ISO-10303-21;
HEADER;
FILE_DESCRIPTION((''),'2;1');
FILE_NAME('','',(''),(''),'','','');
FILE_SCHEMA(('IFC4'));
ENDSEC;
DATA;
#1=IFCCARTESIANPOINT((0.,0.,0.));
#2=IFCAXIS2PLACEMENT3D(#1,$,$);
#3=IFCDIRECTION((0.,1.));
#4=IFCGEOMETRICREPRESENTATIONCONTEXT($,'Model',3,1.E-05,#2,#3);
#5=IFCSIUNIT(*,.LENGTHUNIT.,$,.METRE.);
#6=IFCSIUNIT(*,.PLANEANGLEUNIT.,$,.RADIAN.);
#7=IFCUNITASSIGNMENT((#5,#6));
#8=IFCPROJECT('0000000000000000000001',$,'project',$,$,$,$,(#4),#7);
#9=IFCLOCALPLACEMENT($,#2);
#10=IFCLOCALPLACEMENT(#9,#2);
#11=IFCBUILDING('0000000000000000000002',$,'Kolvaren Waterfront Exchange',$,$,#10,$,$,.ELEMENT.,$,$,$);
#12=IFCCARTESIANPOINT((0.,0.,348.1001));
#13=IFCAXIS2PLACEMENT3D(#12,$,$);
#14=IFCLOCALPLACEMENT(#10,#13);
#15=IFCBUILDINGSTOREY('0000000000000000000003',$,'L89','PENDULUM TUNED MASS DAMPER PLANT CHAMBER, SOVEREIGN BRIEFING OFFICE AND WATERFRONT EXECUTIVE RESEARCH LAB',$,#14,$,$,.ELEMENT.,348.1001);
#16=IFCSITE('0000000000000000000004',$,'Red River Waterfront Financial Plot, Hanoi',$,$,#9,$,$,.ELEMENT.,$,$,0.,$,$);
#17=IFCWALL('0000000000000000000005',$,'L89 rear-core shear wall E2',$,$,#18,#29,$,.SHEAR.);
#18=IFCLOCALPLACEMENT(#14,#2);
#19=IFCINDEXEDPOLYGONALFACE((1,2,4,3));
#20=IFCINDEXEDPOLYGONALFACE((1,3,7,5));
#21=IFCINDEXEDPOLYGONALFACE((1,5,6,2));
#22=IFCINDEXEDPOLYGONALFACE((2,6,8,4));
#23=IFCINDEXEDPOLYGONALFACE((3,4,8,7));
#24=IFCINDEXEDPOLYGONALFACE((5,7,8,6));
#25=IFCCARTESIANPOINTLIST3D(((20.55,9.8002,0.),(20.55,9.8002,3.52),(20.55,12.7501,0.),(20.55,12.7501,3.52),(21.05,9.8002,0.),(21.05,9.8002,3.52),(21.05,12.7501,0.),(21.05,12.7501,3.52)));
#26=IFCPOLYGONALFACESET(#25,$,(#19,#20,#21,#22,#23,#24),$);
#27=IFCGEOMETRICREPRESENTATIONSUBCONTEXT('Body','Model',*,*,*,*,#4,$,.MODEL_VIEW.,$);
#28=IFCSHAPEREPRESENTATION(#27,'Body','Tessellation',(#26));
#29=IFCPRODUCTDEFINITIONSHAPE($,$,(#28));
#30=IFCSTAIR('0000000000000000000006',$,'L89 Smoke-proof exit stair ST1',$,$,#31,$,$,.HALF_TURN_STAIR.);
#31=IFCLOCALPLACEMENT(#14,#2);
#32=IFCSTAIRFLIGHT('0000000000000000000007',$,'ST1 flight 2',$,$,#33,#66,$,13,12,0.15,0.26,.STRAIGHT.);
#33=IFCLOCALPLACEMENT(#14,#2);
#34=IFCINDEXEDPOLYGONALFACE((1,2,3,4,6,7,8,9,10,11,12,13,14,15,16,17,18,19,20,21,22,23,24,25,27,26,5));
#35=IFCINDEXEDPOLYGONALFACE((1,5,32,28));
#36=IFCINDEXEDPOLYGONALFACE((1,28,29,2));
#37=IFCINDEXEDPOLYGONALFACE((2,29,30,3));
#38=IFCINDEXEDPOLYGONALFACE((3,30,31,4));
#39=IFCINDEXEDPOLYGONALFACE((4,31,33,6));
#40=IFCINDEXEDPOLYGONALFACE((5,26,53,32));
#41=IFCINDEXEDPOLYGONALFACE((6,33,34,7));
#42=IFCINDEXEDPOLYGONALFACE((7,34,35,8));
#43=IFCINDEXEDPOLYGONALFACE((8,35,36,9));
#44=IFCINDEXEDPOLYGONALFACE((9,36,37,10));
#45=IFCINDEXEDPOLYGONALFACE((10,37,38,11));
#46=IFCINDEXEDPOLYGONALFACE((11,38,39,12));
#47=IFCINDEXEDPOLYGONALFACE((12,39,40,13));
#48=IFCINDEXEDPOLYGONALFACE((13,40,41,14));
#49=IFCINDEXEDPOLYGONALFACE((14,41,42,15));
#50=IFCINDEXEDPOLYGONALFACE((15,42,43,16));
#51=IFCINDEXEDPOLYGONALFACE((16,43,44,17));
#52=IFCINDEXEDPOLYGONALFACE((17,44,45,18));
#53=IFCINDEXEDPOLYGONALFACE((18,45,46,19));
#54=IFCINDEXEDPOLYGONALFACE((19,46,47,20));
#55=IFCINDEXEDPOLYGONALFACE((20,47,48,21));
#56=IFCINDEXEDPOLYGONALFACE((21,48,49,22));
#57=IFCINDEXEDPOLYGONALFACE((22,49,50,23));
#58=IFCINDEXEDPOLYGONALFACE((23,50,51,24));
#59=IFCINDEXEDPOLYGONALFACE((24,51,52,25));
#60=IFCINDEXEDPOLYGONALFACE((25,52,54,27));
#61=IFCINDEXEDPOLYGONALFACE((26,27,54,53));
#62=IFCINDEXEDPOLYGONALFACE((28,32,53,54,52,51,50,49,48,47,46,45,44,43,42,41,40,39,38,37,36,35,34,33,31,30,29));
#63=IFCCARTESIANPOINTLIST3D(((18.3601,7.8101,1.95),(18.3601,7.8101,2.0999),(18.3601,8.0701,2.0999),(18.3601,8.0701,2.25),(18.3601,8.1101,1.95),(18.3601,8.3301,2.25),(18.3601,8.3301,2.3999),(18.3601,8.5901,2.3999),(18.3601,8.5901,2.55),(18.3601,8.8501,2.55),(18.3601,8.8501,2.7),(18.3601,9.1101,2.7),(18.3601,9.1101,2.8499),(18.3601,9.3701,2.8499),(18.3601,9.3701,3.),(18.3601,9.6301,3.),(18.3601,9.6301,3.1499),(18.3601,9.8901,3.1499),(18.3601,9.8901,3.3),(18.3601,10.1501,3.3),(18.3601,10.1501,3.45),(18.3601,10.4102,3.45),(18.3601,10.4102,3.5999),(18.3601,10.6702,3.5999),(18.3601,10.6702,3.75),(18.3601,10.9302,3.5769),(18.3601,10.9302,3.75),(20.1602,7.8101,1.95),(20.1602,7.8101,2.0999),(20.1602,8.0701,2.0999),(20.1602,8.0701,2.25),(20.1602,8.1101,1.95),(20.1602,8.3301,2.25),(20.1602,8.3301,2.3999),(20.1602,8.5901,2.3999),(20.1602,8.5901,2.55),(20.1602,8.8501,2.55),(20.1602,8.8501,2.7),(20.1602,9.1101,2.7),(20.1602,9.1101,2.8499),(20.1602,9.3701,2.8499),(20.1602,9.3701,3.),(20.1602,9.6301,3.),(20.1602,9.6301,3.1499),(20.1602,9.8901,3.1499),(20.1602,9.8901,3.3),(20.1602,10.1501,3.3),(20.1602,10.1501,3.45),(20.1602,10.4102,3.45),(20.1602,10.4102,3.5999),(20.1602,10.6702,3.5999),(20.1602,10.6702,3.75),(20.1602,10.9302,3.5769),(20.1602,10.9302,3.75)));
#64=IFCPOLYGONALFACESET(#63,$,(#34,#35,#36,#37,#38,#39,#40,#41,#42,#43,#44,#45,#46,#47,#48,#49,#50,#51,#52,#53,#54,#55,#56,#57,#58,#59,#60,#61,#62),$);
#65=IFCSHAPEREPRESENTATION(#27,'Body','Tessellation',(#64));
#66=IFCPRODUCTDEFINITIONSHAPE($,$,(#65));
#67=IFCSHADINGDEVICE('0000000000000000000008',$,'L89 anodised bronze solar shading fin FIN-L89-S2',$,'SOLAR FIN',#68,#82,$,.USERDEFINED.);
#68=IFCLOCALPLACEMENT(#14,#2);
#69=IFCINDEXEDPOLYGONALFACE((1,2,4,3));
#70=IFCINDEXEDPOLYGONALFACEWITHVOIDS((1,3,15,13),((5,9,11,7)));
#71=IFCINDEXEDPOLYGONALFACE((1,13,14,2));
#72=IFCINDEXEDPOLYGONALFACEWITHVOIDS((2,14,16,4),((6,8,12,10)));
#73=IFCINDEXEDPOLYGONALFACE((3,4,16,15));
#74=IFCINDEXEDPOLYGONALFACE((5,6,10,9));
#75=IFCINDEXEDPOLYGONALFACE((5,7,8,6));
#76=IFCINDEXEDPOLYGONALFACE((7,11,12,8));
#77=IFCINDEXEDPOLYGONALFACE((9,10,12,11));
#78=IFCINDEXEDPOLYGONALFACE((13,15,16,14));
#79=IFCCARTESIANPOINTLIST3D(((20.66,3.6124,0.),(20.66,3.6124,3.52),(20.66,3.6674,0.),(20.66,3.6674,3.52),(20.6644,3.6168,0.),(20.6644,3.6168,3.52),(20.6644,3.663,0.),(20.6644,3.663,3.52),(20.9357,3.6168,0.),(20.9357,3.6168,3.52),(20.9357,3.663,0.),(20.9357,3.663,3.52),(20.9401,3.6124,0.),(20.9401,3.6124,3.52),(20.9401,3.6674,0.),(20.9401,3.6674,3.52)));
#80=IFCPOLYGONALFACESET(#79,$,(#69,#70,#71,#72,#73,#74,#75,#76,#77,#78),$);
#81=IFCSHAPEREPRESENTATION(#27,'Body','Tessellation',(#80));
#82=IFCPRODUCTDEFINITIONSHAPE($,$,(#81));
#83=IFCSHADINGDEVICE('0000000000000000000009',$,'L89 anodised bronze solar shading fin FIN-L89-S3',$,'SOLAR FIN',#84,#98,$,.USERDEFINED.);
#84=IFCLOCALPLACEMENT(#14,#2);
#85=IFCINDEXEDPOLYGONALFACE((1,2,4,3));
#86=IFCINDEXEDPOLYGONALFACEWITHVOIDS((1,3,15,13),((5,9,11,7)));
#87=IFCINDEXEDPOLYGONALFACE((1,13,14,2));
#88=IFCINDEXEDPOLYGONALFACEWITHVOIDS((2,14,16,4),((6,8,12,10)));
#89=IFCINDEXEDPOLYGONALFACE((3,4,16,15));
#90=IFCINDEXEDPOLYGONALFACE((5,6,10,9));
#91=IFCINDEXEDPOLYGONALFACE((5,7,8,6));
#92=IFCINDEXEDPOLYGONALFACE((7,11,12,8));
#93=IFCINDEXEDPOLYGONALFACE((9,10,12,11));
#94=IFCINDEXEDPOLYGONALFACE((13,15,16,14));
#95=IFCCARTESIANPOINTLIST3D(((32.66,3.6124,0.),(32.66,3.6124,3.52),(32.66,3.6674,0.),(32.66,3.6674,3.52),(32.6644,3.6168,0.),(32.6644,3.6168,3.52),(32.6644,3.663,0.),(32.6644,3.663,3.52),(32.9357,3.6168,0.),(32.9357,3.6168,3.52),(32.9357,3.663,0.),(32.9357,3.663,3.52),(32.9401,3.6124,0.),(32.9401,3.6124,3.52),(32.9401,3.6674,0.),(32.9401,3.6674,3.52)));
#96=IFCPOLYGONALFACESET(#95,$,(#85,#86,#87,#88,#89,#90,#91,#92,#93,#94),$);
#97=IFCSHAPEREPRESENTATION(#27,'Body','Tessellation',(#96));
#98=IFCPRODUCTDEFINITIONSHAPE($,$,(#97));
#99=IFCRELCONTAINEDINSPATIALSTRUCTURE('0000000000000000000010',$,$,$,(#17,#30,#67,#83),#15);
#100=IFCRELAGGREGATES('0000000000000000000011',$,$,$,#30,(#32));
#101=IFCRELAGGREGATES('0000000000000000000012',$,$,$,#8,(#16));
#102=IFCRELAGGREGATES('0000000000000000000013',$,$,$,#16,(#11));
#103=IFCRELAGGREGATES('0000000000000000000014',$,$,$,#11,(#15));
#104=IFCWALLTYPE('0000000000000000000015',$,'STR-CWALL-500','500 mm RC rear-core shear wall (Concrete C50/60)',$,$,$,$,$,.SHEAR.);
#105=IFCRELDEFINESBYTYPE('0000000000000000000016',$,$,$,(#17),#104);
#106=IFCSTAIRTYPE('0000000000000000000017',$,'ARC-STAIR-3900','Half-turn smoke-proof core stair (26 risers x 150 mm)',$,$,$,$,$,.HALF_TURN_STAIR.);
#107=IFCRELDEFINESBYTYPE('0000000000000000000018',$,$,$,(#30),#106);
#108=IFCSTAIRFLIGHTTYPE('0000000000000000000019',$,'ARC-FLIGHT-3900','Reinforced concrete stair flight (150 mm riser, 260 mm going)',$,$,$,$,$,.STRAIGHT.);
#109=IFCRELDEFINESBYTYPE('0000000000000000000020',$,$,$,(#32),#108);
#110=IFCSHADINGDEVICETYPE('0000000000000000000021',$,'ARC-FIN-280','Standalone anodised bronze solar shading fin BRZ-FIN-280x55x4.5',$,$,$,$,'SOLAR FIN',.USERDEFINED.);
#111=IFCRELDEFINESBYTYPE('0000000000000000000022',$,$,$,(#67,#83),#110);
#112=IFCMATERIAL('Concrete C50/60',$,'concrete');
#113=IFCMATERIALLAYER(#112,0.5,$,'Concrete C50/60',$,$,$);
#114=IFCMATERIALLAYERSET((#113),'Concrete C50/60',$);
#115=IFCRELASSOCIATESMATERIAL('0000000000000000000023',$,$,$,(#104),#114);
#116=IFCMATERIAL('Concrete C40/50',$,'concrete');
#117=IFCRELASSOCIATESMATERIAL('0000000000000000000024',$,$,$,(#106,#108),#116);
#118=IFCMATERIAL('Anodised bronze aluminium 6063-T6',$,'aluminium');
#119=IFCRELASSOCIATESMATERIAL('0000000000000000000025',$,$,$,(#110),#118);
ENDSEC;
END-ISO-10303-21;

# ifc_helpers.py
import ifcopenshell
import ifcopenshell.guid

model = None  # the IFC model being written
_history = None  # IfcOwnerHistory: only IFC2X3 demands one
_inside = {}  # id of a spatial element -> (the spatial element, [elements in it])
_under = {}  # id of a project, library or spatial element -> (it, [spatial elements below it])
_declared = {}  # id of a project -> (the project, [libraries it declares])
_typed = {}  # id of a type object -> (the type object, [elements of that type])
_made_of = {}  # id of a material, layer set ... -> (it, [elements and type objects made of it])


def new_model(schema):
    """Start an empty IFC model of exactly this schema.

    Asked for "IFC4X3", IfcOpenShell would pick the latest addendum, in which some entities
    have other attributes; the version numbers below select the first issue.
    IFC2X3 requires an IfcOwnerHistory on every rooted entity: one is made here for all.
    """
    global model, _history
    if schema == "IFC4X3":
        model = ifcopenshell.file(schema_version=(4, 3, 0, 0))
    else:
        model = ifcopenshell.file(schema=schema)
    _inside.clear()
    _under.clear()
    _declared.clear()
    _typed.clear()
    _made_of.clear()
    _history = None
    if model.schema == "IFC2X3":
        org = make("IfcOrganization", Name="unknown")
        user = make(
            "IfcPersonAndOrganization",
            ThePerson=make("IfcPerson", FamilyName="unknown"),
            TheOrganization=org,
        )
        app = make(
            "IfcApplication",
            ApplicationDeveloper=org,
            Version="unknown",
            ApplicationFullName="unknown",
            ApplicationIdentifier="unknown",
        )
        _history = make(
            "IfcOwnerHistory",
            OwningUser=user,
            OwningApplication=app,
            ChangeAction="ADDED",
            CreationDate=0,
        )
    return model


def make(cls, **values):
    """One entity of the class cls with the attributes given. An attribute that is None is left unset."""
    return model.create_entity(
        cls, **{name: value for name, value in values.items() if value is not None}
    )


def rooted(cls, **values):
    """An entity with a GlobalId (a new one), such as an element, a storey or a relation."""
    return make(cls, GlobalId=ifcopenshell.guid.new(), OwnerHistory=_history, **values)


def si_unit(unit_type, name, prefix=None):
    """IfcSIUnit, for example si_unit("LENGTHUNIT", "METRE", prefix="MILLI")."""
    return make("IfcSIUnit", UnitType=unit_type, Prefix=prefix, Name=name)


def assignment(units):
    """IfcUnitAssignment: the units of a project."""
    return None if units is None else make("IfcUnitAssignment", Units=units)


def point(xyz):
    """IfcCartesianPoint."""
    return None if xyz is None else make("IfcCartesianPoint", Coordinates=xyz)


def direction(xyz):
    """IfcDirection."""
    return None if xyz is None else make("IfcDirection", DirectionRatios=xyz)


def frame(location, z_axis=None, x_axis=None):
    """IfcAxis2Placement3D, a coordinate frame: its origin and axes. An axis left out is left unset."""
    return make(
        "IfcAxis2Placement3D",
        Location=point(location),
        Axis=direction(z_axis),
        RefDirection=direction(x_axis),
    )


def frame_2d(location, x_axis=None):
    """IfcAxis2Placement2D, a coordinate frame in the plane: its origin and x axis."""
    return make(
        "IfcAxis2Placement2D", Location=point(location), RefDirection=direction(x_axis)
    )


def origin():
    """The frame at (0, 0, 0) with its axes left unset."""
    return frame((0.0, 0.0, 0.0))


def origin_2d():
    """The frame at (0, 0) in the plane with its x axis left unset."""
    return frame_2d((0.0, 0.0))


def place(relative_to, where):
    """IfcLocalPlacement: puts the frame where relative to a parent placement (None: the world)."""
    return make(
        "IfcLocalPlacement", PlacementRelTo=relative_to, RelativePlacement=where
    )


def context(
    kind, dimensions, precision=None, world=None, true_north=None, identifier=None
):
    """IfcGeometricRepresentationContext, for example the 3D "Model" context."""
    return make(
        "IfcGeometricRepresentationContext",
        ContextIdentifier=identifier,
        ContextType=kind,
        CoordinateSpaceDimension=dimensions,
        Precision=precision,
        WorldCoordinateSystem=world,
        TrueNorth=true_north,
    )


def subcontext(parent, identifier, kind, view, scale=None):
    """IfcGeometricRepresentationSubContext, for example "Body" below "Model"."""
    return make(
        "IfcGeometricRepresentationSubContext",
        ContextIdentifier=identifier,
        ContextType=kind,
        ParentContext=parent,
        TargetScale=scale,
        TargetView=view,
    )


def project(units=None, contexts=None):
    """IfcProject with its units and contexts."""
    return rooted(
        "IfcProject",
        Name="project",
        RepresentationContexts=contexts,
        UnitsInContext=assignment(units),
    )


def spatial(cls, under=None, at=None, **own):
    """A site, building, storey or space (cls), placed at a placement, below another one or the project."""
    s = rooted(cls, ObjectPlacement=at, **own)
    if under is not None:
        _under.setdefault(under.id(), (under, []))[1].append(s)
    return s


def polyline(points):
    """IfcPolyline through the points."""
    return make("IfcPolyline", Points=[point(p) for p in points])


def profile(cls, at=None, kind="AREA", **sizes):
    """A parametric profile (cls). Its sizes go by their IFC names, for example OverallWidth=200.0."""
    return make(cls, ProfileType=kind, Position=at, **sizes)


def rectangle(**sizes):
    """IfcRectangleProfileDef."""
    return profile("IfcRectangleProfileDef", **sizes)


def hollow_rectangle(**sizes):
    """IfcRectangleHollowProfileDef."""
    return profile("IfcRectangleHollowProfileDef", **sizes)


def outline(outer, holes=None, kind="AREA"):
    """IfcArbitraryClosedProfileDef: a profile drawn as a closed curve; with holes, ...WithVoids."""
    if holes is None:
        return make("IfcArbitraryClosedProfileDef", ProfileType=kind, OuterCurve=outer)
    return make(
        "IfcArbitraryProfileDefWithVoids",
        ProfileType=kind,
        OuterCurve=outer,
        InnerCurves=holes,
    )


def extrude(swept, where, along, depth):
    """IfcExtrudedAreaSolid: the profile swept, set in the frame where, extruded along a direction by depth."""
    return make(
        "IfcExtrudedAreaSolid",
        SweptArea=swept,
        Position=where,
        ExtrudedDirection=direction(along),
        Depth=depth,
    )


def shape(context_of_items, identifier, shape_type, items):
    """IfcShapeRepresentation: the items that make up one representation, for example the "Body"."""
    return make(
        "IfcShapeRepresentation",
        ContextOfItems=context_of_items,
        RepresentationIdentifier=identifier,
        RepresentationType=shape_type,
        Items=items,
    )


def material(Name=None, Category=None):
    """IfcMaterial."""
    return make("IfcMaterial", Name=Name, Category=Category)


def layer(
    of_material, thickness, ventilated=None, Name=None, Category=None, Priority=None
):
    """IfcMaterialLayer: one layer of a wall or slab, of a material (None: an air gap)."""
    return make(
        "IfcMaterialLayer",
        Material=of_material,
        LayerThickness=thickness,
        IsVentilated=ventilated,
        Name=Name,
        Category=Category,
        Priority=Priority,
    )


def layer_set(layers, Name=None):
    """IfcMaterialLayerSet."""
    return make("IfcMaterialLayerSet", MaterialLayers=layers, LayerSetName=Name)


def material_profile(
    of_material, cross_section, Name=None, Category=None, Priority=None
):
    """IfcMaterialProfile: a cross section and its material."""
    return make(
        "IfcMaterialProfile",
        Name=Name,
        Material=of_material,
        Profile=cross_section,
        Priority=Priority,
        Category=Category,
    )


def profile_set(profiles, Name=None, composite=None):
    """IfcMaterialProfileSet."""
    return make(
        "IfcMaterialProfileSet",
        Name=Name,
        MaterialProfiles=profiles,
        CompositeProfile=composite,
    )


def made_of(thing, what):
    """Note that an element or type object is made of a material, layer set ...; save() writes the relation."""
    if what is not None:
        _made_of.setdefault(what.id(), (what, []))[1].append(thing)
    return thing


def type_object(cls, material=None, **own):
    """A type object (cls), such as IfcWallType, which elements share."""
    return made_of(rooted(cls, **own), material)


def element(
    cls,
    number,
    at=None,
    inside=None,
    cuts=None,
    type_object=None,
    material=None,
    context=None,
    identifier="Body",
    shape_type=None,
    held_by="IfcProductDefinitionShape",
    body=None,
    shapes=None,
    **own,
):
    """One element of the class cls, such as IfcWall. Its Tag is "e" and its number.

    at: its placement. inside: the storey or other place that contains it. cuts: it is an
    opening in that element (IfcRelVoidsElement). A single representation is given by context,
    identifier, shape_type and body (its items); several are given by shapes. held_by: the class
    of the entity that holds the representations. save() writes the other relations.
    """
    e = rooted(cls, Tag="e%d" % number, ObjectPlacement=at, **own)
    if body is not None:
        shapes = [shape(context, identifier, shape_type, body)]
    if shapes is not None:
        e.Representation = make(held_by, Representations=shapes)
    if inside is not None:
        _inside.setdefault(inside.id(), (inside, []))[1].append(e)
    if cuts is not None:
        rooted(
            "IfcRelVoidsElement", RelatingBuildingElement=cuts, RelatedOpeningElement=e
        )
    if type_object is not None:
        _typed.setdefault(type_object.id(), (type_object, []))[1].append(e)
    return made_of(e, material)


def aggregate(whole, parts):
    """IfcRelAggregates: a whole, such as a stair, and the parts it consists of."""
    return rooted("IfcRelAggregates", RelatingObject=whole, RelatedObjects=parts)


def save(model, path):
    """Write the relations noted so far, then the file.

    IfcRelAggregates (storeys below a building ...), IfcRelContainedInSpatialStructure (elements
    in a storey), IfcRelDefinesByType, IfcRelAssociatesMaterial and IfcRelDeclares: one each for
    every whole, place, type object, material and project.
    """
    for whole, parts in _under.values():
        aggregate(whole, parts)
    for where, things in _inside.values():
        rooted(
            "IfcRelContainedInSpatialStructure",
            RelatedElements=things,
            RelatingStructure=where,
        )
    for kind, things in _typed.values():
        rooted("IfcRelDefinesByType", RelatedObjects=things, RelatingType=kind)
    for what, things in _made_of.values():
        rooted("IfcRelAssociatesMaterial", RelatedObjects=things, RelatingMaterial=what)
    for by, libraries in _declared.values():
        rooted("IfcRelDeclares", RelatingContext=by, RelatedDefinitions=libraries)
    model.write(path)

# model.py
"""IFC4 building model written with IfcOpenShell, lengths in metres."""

from ifc_helpers import new_model, si_unit, direction, frame, frame_2d, origin, origin_2d, place, context, subcontext, project, spatial, polyline, rectangle, hollow_rectangle, outline, extrude, material, layer, layer_set, material_profile, profile_set, type_object, element, aggregate, save


model = new_model("IFC4")

# Units and contexts
model_context = context("Model", 3, precision=1e-05, world=origin(), true_north=direction((0.0, 1.0)))
body_context = subcontext(model_context, "Body", "Model", "MODEL_VIEW")
ifc_project = project(units=[si_unit("LENGTHUNIT", "METRE"), si_unit("PLANEANGLEUNIT", "RADIAN")], contexts=[model_context])

# Site, building, storey
site_placement = place(None, origin())
site = spatial("IfcSite", under=ifc_project, at=site_placement, Name="Red River Waterfront Financial Plot, Hanoi", CompositionType="ELEMENT", RefElevation=0.0)
building_placement = place(site_placement, origin())
building = spatial("IfcBuilding", under=site, at=building_placement, Name="Kolvaren Waterfront Exchange", CompositionType="ELEMENT")
storey_placement = place(building_placement, frame((0.0, 0.0, 348.1001)))
storey = spatial("IfcBuildingStorey", under=building, at=storey_placement, Name="L89", Description="PENDULUM TUNED MASS DAMPER PLANT CHAMBER, SOVEREIGN BRIEFING OFFICE AND WATERFRONT EXECUTIVE RESEARCH LAB", CompositionType="ELEMENT", Elevation=348.1001)

# Shared definitions
ifc_material_1 = material(Name="Concrete C50/60", Category="concrete")

# Shared definitions
ifc_material_2 = material(Name="Anodised bronze aluminium 6063-T6", Category="aluminium")

# Wall
ifc_material_3 = material(Name="Concrete C40/50", Category="concrete")
ifc_layer_1 = layer(ifc_material_1, 0.5, Name="Concrete C50/60")
ifc_layer_set_1 = layer_set([ifc_layer_1], Name="Concrete C50/60")
wall_type_1 = type_object("IfcWallType", Name="STR-CWALL-500", Description="500 mm RC rear-core shear wall (Concrete C50/60)", PredefinedType="SHEAR", material=ifc_layer_set_1)
wall_1_placement = place(storey_placement, frame((20.8, 9.8, 0.0), z_axis=(0.0, 0.0, 1.0), x_axis=(0.0, 1.0, 0.0)))
element("IfcWall", 1, at=wall_1_placement, inside=storey, type_object=wall_type_1, Name="L89 rear-core shear wall E2", PredefinedType="SHEAR", context=body_context, shape_type="SweptSolid", body=[
    extrude(rectangle(XDim=2.95, YDim=0.5, at=frame_2d((1.4751, 0.0))), origin(), (0.0, 0.0, 1.0), 3.52),
])

# Stair, stair flight
stair_type = type_object("IfcStairType", Name="ARC-STAIR-3900", Description="Half-turn smoke-proof core stair (26 risers x 150 mm)", PredefinedType="HALF_TURN_STAIR", material=ifc_material_3)
stair_placement = place(storey_placement, origin())
stair = element("IfcStair", 2, at=stair_placement, inside=storey, type_object=stair_type, Name="L89 Smoke-proof exit stair ST1", PredefinedType="HALF_TURN_STAIR")
stair_flight_type = type_object("IfcStairFlightType", Name="ARC-FLIGHT-3900", Description="Reinforced concrete stair flight (150 mm riser, 260 mm going)", PredefinedType="STRAIGHT", material=ifc_material_3)
stair_flight_placement = place(storey_placement, frame((19.26, 7.8101, 1.95), z_axis=(0.0, 0.0, 1.0), x_axis=(0.0, 1.0, 0.0)))
stair_flight = element("IfcStairFlight", 3, at=stair_flight_placement, type_object=stair_flight_type, Name="ST1 flight 2", NumberOfRisers=13, NumberOfTreads=12, PredefinedType="STRAIGHT", RiserHeight=0.15, TreadLength=0.26, context=body_context, shape_type="SweptSolid", body=[
    extrude(outline(polyline([(0.0, 0.0), (0.0, 0.1499), (0.26, 0.1499), (0.26, 0.3), (0.52, 0.3), (0.52, 0.45), (0.78, 0.45), (0.78, 0.6001), (1.04, 0.6001), (1.04, 0.75), (1.3, 0.75), (1.3, 0.8999), (1.5601, 0.8999), (1.5601, 1.05), (1.8201, 1.05), (1.8201, 1.2), (2.0801, 1.2), (2.0801, 1.3501), (2.3401, 1.3501), (2.3401, 1.5), (2.6001, 1.5), (2.6001, 1.6499), (2.8601, 1.6499), (2.8601, 1.8), (3.1201, 1.8), (3.1201, 1.95), (3.1201, 1.627), (0.3, 0.0), (0.0, 0.0)])), frame((0.0, 0.8999, 0.0), z_axis=(0.0, -1.0, 0.0), x_axis=(1.0, 0.0, 0.0)), (0.0, 0.0, 1.0), 1.8),
])
aggregate(stair, [stair_flight])

# Shading devices
ifc_material_profile_1 = material_profile(ifc_material_2, hollow_rectangle(XDim=0.0549, YDim=0.28, WallThickness=0.0044, at=origin_2d()), Name="BRZ-FIN-280x55x4.5")
ifc_profile_set_1 = profile_set([ifc_material_profile_1], Name="Anodised bronze aluminium 6063-T6")
shading_device_type = type_object("IfcShadingDeviceType", Name="ARC-FIN-280", Description="Standalone anodised bronze solar shading fin BRZ-FIN-280x55x4.5", ElementType="SOLAR FIN", PredefinedType="USERDEFINED", material=ifc_profile_set_1)
for number, where, z_axis, x_axis, name in (
    (4, (20.8, 3.6399, 0.0), (0.0, 0.0, 1.0), (0.0, -1.0, 0.0), "L89 anodised bronze solar shading fin FIN-L89-S2"),
    (5, (32.8, 3.6399, 0.0), (0.0, 0.0, 1.0), (0.0, -1.0, 0.0), "L89 anodised bronze solar shading fin FIN-L89-S3"),
):
    element("IfcShadingDevice", number, at=place(storey_placement, frame(where, z_axis=z_axis, x_axis=x_axis)), inside=storey, type_object=shading_device_type, Name=name, ObjectType="SOLAR FIN", PredefinedType="USERDEFINED", context=body_context, shape_type="SweptSolid", body=[
        extrude(hollow_rectangle(XDim=0.0549, YDim=0.28, WallThickness=0.0044, at=origin_2d()), origin(), (0.0, 0.0, 1.0), 3.52),
    ])

save(model, "model.ifc")
